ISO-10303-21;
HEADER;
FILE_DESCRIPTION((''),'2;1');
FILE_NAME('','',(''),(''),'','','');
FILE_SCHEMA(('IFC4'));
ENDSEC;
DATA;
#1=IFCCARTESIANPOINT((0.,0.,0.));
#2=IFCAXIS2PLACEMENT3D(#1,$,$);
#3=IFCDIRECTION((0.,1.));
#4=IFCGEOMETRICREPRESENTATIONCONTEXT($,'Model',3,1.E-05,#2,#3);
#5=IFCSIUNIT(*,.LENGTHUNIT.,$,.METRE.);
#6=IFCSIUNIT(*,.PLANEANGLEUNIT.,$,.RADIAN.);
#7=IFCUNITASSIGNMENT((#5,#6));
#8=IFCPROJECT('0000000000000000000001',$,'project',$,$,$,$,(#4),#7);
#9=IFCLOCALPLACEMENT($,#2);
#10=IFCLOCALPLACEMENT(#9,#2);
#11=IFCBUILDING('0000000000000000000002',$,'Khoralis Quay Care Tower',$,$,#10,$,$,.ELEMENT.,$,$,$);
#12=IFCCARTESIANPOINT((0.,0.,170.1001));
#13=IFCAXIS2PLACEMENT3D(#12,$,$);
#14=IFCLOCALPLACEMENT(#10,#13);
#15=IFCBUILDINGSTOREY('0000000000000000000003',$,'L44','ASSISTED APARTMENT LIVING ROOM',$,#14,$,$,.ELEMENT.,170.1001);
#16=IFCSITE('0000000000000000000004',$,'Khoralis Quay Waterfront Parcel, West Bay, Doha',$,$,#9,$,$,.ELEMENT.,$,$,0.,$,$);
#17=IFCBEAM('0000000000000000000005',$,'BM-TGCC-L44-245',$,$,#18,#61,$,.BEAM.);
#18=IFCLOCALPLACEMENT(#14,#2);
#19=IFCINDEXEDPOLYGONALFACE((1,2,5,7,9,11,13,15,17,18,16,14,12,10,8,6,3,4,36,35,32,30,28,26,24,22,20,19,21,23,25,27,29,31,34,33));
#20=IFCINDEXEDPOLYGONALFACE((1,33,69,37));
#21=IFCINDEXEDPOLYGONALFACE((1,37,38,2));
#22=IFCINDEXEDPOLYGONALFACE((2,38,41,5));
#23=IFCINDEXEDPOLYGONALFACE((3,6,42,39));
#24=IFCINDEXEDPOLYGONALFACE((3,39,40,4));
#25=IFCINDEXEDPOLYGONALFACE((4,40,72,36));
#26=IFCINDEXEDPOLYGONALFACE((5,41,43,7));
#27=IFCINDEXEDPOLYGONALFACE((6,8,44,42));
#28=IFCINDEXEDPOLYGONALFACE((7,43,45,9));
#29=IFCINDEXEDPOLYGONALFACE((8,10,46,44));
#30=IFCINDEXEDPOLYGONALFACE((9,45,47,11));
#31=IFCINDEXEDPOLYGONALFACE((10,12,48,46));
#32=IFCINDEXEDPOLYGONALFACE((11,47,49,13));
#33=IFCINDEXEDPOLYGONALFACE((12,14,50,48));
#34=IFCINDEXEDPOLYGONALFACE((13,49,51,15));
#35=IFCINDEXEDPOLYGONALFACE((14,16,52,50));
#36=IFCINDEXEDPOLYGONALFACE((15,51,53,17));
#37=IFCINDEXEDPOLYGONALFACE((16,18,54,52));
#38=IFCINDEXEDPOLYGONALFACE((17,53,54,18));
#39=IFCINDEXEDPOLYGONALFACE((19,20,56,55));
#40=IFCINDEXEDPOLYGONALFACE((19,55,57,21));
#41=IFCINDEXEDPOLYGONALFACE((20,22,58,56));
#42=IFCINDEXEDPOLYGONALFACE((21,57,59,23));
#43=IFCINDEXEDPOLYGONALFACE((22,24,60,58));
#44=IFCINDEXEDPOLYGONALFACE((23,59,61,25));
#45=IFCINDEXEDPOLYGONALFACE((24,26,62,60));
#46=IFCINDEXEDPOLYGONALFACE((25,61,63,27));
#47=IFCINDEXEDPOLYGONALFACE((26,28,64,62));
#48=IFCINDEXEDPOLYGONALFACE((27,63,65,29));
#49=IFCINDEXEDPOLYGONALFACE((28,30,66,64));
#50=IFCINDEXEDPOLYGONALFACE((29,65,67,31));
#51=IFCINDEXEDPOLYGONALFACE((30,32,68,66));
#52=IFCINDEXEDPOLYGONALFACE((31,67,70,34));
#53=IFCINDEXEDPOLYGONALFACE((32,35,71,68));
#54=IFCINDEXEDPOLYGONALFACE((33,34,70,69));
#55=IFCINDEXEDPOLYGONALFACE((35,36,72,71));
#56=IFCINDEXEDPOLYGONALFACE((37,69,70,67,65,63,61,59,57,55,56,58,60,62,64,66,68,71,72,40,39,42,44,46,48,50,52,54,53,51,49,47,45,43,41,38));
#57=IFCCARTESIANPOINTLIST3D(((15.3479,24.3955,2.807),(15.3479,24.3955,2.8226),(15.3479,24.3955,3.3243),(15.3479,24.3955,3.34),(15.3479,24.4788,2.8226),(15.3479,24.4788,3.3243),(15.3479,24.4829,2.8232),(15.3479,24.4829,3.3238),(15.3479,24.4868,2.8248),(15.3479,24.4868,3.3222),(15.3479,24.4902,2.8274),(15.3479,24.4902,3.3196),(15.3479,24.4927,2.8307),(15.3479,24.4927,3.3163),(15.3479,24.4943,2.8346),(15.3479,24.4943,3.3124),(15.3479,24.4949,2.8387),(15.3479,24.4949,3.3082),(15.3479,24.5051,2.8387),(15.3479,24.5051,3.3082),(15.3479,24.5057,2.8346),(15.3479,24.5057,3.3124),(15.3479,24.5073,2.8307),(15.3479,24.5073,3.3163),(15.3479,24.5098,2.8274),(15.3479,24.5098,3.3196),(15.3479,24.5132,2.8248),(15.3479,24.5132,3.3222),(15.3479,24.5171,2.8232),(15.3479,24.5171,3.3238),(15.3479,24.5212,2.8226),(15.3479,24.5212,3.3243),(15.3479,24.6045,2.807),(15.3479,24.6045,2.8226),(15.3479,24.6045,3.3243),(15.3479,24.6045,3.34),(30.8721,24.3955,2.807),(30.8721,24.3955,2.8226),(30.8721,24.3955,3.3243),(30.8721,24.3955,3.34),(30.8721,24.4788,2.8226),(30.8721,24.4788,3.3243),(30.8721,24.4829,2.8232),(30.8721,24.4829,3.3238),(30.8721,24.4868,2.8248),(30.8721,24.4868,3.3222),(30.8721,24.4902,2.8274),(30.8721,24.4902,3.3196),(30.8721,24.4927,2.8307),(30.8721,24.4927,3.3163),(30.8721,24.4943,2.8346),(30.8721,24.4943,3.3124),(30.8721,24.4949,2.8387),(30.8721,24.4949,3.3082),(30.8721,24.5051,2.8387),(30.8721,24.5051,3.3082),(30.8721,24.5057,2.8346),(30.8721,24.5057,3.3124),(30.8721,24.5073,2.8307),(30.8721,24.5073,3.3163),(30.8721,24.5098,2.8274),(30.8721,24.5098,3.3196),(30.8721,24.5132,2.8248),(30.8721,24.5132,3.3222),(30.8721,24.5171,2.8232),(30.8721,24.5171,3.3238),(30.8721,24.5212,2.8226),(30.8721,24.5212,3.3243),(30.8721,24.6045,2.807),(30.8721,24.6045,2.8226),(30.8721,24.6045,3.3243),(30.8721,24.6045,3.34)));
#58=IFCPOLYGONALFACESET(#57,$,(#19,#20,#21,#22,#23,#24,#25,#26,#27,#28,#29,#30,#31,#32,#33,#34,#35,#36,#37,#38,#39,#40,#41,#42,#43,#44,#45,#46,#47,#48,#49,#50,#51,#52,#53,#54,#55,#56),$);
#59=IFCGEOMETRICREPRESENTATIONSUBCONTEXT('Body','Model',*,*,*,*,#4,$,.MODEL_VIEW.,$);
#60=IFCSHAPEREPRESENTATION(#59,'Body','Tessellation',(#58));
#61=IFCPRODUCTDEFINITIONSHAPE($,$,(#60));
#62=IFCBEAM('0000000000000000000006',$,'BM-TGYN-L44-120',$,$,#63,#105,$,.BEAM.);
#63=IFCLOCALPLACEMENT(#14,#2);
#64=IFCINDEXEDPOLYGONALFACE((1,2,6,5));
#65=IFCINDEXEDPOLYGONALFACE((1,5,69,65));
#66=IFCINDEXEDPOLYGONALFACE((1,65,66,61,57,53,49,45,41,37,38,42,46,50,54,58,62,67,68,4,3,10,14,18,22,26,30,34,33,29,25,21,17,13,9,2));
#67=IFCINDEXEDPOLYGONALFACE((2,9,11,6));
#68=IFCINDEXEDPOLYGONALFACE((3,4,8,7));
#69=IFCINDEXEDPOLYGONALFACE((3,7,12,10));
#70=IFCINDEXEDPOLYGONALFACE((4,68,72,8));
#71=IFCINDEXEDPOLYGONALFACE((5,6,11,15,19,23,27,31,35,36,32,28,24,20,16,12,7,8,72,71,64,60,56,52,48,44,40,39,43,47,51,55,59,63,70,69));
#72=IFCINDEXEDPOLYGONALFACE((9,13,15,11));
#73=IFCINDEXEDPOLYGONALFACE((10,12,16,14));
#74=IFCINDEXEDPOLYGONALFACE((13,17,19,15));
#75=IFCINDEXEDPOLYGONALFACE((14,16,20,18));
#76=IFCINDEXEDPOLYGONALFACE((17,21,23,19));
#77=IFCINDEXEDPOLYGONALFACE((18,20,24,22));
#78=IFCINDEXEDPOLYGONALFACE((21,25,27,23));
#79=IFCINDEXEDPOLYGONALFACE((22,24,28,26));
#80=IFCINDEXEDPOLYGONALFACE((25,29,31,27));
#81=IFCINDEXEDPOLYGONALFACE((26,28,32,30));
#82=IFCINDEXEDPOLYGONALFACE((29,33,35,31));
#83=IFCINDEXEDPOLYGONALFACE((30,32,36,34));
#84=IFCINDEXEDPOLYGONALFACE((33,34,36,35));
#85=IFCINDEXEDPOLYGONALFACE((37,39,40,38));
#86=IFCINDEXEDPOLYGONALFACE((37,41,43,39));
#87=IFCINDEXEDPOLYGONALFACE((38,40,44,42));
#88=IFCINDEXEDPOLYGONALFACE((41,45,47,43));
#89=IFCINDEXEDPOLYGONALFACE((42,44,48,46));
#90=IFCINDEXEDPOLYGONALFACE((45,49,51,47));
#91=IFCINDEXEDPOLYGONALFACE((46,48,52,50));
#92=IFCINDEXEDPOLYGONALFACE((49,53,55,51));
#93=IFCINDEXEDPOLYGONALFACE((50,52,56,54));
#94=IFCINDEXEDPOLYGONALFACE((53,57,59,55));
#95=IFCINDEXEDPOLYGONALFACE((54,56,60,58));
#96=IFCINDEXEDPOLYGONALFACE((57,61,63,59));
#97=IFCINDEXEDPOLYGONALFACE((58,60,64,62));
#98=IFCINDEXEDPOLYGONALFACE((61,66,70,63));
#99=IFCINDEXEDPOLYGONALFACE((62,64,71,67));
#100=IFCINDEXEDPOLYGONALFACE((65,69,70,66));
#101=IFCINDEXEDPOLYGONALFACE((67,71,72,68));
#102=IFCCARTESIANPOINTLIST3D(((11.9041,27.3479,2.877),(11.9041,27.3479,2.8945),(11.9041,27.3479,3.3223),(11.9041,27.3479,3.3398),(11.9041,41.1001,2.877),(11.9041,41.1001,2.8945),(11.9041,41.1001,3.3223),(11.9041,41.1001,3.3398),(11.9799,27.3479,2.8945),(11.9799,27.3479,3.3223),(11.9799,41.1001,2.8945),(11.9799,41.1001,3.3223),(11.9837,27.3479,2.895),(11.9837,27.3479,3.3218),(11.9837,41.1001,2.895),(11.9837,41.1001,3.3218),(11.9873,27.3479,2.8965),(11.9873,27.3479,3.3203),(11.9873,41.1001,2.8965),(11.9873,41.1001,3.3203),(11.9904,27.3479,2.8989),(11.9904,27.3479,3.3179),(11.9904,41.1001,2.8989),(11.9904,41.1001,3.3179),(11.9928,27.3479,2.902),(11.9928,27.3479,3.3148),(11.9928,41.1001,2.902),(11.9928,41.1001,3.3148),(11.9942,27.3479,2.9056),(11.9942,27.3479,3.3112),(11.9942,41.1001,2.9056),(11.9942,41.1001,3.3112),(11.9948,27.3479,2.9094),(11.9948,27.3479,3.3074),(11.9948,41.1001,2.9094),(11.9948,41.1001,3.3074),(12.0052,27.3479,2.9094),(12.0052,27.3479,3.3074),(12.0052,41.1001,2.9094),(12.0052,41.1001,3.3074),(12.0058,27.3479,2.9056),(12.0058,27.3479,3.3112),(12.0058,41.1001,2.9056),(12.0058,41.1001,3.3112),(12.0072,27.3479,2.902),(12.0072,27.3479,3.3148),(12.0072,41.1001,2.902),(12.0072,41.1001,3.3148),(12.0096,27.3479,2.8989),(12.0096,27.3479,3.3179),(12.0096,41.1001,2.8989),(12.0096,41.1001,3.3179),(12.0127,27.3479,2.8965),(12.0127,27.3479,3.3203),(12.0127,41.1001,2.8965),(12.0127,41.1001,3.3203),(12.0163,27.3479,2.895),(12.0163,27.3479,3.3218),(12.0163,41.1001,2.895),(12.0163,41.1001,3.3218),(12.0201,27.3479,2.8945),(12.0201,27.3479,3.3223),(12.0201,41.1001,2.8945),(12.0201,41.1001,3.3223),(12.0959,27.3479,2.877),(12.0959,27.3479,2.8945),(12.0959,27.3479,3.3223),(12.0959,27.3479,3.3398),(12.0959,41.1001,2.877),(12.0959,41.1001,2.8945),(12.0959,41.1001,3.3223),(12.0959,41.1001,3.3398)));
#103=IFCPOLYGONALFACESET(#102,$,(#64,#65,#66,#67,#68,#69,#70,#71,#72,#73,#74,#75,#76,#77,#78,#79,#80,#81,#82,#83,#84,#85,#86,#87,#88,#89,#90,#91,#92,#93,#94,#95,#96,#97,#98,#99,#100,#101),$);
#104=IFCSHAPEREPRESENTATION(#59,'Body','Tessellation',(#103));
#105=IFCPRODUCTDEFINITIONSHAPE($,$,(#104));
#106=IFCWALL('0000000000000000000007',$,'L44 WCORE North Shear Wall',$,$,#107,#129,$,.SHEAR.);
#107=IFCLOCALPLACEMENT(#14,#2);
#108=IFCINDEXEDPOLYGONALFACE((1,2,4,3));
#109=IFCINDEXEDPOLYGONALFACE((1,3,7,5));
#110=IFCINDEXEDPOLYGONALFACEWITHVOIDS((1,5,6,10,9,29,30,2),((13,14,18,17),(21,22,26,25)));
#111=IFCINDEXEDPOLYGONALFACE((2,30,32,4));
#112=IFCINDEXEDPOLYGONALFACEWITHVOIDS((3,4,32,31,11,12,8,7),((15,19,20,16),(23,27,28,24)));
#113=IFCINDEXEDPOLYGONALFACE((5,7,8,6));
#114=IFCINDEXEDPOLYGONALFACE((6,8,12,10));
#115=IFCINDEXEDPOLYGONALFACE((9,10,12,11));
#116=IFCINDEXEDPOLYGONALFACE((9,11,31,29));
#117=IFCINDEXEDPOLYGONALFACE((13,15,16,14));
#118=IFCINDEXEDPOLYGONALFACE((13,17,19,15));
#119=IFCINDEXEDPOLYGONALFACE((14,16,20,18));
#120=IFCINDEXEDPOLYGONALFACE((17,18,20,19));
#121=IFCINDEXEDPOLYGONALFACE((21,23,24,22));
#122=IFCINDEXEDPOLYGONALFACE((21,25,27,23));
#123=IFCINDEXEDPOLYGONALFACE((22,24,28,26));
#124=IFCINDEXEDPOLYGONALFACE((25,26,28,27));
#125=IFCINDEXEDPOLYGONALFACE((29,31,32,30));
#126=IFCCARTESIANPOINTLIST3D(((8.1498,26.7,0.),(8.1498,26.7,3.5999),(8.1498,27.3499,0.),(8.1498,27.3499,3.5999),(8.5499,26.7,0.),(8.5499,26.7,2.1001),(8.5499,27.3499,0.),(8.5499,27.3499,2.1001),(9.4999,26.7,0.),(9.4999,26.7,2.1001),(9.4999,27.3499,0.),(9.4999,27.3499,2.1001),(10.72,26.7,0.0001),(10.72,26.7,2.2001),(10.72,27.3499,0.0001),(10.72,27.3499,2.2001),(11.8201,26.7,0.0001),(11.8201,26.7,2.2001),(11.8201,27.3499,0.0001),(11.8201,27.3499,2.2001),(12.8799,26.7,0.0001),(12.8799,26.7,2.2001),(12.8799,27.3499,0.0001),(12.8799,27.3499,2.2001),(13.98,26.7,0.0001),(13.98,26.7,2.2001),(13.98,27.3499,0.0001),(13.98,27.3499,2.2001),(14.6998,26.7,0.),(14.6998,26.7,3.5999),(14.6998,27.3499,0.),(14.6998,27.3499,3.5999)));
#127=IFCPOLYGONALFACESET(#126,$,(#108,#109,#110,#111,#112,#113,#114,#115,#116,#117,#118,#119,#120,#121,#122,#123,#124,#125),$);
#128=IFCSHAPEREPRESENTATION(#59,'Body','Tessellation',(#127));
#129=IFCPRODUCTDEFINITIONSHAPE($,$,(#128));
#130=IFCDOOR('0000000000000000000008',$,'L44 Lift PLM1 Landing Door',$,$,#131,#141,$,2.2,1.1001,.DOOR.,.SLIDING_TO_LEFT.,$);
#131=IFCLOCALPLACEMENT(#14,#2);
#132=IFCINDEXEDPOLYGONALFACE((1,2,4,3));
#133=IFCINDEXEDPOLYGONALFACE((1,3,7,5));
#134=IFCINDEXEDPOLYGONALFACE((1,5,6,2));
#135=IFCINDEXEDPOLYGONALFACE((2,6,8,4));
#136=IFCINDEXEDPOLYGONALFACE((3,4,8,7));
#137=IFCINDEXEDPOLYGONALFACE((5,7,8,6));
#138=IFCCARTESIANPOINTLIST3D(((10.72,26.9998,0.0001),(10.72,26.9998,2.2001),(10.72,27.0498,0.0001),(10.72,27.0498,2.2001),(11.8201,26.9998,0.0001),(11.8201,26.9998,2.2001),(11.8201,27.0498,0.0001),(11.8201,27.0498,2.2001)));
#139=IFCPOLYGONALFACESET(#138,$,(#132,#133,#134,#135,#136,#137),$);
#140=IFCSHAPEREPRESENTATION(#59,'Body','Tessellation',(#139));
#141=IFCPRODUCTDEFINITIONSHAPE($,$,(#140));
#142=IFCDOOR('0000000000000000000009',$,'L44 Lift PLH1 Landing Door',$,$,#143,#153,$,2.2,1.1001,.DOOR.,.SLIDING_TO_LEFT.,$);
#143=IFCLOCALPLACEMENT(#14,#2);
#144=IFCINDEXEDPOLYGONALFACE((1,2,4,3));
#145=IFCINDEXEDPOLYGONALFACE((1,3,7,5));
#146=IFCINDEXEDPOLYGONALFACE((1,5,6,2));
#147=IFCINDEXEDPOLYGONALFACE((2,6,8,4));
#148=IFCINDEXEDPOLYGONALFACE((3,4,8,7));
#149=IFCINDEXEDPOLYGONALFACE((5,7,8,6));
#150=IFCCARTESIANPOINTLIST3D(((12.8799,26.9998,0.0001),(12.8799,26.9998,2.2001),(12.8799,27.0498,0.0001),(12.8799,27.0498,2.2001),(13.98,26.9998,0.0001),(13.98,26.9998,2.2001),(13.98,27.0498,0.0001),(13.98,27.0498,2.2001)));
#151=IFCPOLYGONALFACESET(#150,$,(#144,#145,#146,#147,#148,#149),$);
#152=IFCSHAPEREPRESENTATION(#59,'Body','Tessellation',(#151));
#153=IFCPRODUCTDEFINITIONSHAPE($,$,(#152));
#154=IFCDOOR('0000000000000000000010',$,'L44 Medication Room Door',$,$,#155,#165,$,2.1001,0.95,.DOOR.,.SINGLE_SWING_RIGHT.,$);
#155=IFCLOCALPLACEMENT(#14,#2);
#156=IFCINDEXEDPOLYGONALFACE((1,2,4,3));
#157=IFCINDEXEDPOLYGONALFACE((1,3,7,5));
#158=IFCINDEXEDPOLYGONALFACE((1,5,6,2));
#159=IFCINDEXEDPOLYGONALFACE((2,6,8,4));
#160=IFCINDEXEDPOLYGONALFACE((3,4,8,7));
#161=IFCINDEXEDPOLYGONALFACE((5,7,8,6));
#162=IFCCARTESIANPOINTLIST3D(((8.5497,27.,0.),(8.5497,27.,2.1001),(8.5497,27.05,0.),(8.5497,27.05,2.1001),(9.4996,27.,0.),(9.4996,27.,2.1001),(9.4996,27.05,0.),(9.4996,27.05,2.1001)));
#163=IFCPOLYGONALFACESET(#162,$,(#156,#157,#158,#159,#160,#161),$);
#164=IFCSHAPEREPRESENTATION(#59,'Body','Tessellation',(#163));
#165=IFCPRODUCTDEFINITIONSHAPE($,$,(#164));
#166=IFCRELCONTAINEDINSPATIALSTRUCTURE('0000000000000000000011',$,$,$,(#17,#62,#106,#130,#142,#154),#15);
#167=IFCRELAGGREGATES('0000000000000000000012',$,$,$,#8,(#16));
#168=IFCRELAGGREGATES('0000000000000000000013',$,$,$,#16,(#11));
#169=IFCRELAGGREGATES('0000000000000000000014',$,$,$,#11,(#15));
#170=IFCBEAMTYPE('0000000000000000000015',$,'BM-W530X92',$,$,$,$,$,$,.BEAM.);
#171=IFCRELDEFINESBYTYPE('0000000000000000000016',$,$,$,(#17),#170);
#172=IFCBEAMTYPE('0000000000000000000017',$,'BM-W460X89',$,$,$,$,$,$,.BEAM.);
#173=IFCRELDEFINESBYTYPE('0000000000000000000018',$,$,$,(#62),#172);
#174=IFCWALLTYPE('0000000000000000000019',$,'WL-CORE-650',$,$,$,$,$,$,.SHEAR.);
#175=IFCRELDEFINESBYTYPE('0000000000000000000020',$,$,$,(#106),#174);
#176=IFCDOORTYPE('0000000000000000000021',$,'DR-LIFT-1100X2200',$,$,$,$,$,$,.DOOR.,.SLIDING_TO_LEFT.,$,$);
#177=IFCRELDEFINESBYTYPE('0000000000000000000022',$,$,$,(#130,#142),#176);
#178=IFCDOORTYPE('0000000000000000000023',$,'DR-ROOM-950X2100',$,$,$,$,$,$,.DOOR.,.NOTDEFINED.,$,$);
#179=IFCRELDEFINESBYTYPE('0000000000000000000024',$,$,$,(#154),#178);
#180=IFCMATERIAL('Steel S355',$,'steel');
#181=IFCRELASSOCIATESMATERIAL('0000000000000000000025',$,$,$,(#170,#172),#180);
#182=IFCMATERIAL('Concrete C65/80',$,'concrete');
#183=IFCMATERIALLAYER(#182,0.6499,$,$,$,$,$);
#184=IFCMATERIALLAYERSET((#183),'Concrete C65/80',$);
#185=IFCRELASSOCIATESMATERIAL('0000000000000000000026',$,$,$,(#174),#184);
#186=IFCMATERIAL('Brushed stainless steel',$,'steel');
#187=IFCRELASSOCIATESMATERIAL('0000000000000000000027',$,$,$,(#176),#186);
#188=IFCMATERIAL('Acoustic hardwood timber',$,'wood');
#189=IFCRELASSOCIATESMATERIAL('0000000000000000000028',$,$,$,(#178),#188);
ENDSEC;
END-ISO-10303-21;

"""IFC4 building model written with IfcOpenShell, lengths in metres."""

from ifc_helpers import new_model, si_unit, direction, frame, frame_2d, origin, origin_2d, place, context, subcontext, project, spatial, rectangle, i_section, extrude, source, transform, mapped, material, layer, layer_set, material_profile, profile_set, type_object, element, fill, save


model = new_model("IFC4")

# Units and contexts
model_context = context("Model", 3, precision=1e-05, world=origin(), true_north=direction((0.0, 1.0)))
body_context = subcontext(model_context, "Body", "Model", "MODEL_VIEW")
ifc_project = project(units=[si_unit("LENGTHUNIT", "METRE"), si_unit("PLANEANGLEUNIT", "RADIAN")], contexts=[model_context])

# Site, building, storey
site_placement = place(None, origin())
site = spatial("IfcSite", under=ifc_project, at=site_placement, Name="Khoralis Quay Waterfront Parcel, West Bay, Doha", CompositionType="ELEMENT", RefElevation=0.0)
building_placement = place(site_placement, origin())
building = spatial("IfcBuilding", under=site, at=building_placement, Name="Khoralis Quay Care Tower", CompositionType="ELEMENT")
storey_placement = place(building_placement, frame((0.0, 0.0, 170.1001)))
storey = spatial("IfcBuildingStorey", under=building, at=storey_placement, Name="L44", Description="ASSISTED APARTMENT LIVING ROOM", CompositionType="ELEMENT", Elevation=170.1001)

# Beams
ifc_material_1 = material(Name="Concrete C65/80", Category="concrete")
ifc_material_2 = material(Name="Steel S355", Category="steel")
ifc_material_profile_1 = material_profile(ifc_material_2, i_section(OverallWidth=0.209, OverallDepth=0.533, WebThickness=0.0103, FlangeThickness=0.0156, FilletRadius=0.0161, at=origin_2d()), Name="Steel S355")
ifc_profile_set_1 = profile_set([ifc_material_profile_1], Name="Steel S355")
beam_type_1 = type_object("IfcBeamType", Name="BM-W530X92", PredefinedType="BEAM", material=ifc_profile_set_1)
shared_shape_1 = source(origin(), body_context, "Body", "SweptSolid", [
    extrude(i_section(OverallWidth=0.209, OverallDepth=0.533, WebThickness=0.0103, FlangeThickness=0.0156, FilletRadius=0.0161, at=origin_2d()), origin(), (0.0, 0.0, 1.0), 15.5242),
])
beam_1_placement = place(storey_placement, frame((15.3479, 24.5, 3.0735), z_axis=(1.0, 0.0, 0.0), x_axis=(0.0, 1.0, 0.0)))
element("IfcBeam", 1, at=beam_1_placement, inside=storey, type_object=beam_type_1, Name="BM-TGCC-L44-245", PredefinedType="BEAM", context=body_context, shape_type="MappedRepresentation", body=[
    mapped(shared_shape_1, transform((0.0, 0.0, 0.0), scale=1.0)),
])
ifc_material_profile_2 = material_profile(ifc_material_2, i_section(OverallWidth=0.1919, OverallDepth=0.4629, WebThickness=0.0105, FlangeThickness=0.0176, FilletRadius=0.0149, at=origin_2d()), Name="Steel S355")
ifc_profile_set_2 = profile_set([ifc_material_profile_2], Name="Steel S355")
beam_type_2 = type_object("IfcBeamType", Name="BM-W460X89", PredefinedType="BEAM", material=ifc_profile_set_2)
shared_shape_2 = source(origin(), body_context, "Body", "SweptSolid", [
    extrude(i_section(OverallWidth=0.1919, OverallDepth=0.4629, WebThickness=0.0105, FlangeThickness=0.0176, FilletRadius=0.0149, at=origin_2d()), origin(), (0.0, 0.0, 1.0), 13.7522),
])
beam_2_placement = place(storey_placement, frame((12.0, 27.3479, 3.1084), z_axis=(0.0, 1.0, 0.0), x_axis=(-1.0, 0.0, 0.0)))
element("IfcBeam", 2, at=beam_2_placement, inside=storey, type_object=beam_type_2, Name="BM-TGYN-L44-120", PredefinedType="BEAM", context=body_context, shape_type="MappedRepresentation", body=[
    mapped(shared_shape_2, transform((0.0, 0.0, 0.0), scale=1.0)),
])

# Wall, openings, doors
ifc_layer_1 = layer(ifc_material_1, 0.6499)
ifc_layer_set_1 = layer_set([ifc_layer_1], Name="Concrete C65/80")
wall_type_1 = type_object("IfcWallType", Name="WL-CORE-650", PredefinedType="SHEAR", material=ifc_layer_set_1)
wall_1_placement = place(storey_placement, frame((8.1499, 27.0249, 0.0), z_axis=(0.0, 0.0, 1.0), x_axis=(1.0, 0.0, 0.0)))
wall_1 = element("IfcWall", 3, at=wall_1_placement, inside=storey, type_object=wall_type_1, Name="L44 WCORE North Shear Wall", PredefinedType="SHEAR", context=body_context, shape_type="SweptSolid", body=[
    extrude(rectangle(XDim=6.55, YDim=0.6499, at=frame_2d((3.2749, 0.0))), origin(), (0.0, 0.0, 1.0), 3.5999),
])
opening_1_placement = place(wall_1_placement, frame((0.3999, 0.0, 0.0)))
opening_1 = element("IfcOpeningElement", 4, at=opening_1_placement, cuts=wall_1, PredefinedType="OPENING", context=body_context, shape_type="SweptSolid", body=[
    extrude(rectangle(XDim=0.95, YDim=2.1001, at=frame_2d((0.4751, 1.05))), frame((0.0, 0.335, 0.0), z_axis=(0.0, -1.0, 0.0), x_axis=(1.0, 0.0, 0.0)), (0.0, 0.0, 1.0), 0.6699),
])
opening_2_placement = place(wall_1_placement, frame((2.5701, 0.0, 0.0)))
opening_2 = element("IfcOpeningElement", 5, at=opening_2_placement, cuts=wall_1, PredefinedType="OPENING", context=body_context, shape_type="SweptSolid", body=[
    extrude(rectangle(XDim=1.1001, YDim=2.2, at=frame_2d((0.55, 1.1001))), frame((0.0, 0.335, 0.0), z_axis=(0.0, -1.0, 0.0), x_axis=(1.0, 0.0, 0.0)), (0.0, 0.0, 1.0), 0.6699),
])
opening_3_placement = place(wall_1_placement, frame((4.73, 0.0, 0.0)))
opening_3 = element("IfcOpeningElement", 6, at=opening_3_placement, cuts=wall_1, PredefinedType="OPENING", context=body_context, shape_type="SweptSolid", body=[
    extrude(rectangle(XDim=1.1001, YDim=2.2, at=frame_2d((0.55, 1.1001))), frame((0.0, 0.335, 0.0), z_axis=(0.0, -1.0, 0.0), x_axis=(1.0, 0.0, 0.0)), (0.0, 0.0, 1.0), 0.6699),
])
ifc_material_3 = material(Name="Brushed stainless steel", Category="steel")
door_type_1 = type_object("IfcDoorType", Name="DR-LIFT-1100X2200", OperationType="SLIDING_TO_LEFT", PredefinedType="DOOR", material=ifc_material_3)
shared_shape_3 = source(origin(), body_context, "Body", "SweptSolid", [
    extrude(rectangle(XDim=1.1001, YDim=2.2, at=frame_2d((0.55, 1.1001))), frame((0.0, 0.0249, 0.0), z_axis=(0.0, -1.0, 0.0), x_axis=(1.0, 0.0, 0.0)), (0.0, 0.0, 1.0), 0.05),
])
door_1_placement = place(opening_2_placement, origin())
door_1 = element("IfcDoor", 7, at=door_1_placement, inside=storey, type_object=door_type_1, Name="L44 Lift PLM1 Landing Door", OperationType="SLIDING_TO_LEFT", OverallHeight=2.2, OverallWidth=1.1001, PredefinedType="DOOR", context=body_context, shape_type="MappedRepresentation", body=[
    mapped(shared_shape_3, transform((0.0, 0.0, 0.0), scale=1.0)),
])
fill(opening_2, door_1)
door_2_placement = place(opening_3_placement, origin())
door_2 = element("IfcDoor", 8, at=door_2_placement, inside=storey, type_object=door_type_1, Name="L44 Lift PLH1 Landing Door", OperationType="SLIDING_TO_LEFT", OverallHeight=2.2, OverallWidth=1.1001, PredefinedType="DOOR", context=body_context, shape_type="MappedRepresentation", body=[
    mapped(shared_shape_3, transform((0.0, 0.0, 0.0), scale=1.0)),
])
fill(opening_3, door_2)
ifc_material_4 = material(Name="Acoustic hardwood timber", Category="wood")
door_type_2 = type_object("IfcDoorType", Name="DR-ROOM-950X2100", OperationType="NOTDEFINED", PredefinedType="DOOR", material=ifc_material_4)
shared_shape_4 = source(origin(), body_context, "Body", "SweptSolid", [
    extrude(rectangle(XDim=0.95, YDim=2.1001, at=frame_2d((0.4751, 1.05))), frame((0.0, 0.0249, 0.0), z_axis=(0.0, -1.0, 0.0), x_axis=(1.0, 0.0, 0.0)), (0.0, 0.0, 1.0), 0.05),
])
door_3_placement = place(opening_1_placement, frame((0.95, 0.0, 0.0), z_axis=(0.0, 0.0, 1.0), x_axis=(-1.0, 0.0, 0.0)))
door_3 = element("IfcDoor", 9, at=door_3_placement, inside=storey, type_object=door_type_2, Name="L44 Medication Room Door", OperationType="SINGLE_SWING_RIGHT", OverallHeight=2.1001, OverallWidth=0.95, PredefinedType="DOOR", context=body_context, shape_type="MappedRepresentation", body=[
    mapped(shared_shape_4, transform((0.0, 0.0, 0.0), scale=1.0)),
])
fill(opening_1, door_3)

save(model, "model.ifc")
